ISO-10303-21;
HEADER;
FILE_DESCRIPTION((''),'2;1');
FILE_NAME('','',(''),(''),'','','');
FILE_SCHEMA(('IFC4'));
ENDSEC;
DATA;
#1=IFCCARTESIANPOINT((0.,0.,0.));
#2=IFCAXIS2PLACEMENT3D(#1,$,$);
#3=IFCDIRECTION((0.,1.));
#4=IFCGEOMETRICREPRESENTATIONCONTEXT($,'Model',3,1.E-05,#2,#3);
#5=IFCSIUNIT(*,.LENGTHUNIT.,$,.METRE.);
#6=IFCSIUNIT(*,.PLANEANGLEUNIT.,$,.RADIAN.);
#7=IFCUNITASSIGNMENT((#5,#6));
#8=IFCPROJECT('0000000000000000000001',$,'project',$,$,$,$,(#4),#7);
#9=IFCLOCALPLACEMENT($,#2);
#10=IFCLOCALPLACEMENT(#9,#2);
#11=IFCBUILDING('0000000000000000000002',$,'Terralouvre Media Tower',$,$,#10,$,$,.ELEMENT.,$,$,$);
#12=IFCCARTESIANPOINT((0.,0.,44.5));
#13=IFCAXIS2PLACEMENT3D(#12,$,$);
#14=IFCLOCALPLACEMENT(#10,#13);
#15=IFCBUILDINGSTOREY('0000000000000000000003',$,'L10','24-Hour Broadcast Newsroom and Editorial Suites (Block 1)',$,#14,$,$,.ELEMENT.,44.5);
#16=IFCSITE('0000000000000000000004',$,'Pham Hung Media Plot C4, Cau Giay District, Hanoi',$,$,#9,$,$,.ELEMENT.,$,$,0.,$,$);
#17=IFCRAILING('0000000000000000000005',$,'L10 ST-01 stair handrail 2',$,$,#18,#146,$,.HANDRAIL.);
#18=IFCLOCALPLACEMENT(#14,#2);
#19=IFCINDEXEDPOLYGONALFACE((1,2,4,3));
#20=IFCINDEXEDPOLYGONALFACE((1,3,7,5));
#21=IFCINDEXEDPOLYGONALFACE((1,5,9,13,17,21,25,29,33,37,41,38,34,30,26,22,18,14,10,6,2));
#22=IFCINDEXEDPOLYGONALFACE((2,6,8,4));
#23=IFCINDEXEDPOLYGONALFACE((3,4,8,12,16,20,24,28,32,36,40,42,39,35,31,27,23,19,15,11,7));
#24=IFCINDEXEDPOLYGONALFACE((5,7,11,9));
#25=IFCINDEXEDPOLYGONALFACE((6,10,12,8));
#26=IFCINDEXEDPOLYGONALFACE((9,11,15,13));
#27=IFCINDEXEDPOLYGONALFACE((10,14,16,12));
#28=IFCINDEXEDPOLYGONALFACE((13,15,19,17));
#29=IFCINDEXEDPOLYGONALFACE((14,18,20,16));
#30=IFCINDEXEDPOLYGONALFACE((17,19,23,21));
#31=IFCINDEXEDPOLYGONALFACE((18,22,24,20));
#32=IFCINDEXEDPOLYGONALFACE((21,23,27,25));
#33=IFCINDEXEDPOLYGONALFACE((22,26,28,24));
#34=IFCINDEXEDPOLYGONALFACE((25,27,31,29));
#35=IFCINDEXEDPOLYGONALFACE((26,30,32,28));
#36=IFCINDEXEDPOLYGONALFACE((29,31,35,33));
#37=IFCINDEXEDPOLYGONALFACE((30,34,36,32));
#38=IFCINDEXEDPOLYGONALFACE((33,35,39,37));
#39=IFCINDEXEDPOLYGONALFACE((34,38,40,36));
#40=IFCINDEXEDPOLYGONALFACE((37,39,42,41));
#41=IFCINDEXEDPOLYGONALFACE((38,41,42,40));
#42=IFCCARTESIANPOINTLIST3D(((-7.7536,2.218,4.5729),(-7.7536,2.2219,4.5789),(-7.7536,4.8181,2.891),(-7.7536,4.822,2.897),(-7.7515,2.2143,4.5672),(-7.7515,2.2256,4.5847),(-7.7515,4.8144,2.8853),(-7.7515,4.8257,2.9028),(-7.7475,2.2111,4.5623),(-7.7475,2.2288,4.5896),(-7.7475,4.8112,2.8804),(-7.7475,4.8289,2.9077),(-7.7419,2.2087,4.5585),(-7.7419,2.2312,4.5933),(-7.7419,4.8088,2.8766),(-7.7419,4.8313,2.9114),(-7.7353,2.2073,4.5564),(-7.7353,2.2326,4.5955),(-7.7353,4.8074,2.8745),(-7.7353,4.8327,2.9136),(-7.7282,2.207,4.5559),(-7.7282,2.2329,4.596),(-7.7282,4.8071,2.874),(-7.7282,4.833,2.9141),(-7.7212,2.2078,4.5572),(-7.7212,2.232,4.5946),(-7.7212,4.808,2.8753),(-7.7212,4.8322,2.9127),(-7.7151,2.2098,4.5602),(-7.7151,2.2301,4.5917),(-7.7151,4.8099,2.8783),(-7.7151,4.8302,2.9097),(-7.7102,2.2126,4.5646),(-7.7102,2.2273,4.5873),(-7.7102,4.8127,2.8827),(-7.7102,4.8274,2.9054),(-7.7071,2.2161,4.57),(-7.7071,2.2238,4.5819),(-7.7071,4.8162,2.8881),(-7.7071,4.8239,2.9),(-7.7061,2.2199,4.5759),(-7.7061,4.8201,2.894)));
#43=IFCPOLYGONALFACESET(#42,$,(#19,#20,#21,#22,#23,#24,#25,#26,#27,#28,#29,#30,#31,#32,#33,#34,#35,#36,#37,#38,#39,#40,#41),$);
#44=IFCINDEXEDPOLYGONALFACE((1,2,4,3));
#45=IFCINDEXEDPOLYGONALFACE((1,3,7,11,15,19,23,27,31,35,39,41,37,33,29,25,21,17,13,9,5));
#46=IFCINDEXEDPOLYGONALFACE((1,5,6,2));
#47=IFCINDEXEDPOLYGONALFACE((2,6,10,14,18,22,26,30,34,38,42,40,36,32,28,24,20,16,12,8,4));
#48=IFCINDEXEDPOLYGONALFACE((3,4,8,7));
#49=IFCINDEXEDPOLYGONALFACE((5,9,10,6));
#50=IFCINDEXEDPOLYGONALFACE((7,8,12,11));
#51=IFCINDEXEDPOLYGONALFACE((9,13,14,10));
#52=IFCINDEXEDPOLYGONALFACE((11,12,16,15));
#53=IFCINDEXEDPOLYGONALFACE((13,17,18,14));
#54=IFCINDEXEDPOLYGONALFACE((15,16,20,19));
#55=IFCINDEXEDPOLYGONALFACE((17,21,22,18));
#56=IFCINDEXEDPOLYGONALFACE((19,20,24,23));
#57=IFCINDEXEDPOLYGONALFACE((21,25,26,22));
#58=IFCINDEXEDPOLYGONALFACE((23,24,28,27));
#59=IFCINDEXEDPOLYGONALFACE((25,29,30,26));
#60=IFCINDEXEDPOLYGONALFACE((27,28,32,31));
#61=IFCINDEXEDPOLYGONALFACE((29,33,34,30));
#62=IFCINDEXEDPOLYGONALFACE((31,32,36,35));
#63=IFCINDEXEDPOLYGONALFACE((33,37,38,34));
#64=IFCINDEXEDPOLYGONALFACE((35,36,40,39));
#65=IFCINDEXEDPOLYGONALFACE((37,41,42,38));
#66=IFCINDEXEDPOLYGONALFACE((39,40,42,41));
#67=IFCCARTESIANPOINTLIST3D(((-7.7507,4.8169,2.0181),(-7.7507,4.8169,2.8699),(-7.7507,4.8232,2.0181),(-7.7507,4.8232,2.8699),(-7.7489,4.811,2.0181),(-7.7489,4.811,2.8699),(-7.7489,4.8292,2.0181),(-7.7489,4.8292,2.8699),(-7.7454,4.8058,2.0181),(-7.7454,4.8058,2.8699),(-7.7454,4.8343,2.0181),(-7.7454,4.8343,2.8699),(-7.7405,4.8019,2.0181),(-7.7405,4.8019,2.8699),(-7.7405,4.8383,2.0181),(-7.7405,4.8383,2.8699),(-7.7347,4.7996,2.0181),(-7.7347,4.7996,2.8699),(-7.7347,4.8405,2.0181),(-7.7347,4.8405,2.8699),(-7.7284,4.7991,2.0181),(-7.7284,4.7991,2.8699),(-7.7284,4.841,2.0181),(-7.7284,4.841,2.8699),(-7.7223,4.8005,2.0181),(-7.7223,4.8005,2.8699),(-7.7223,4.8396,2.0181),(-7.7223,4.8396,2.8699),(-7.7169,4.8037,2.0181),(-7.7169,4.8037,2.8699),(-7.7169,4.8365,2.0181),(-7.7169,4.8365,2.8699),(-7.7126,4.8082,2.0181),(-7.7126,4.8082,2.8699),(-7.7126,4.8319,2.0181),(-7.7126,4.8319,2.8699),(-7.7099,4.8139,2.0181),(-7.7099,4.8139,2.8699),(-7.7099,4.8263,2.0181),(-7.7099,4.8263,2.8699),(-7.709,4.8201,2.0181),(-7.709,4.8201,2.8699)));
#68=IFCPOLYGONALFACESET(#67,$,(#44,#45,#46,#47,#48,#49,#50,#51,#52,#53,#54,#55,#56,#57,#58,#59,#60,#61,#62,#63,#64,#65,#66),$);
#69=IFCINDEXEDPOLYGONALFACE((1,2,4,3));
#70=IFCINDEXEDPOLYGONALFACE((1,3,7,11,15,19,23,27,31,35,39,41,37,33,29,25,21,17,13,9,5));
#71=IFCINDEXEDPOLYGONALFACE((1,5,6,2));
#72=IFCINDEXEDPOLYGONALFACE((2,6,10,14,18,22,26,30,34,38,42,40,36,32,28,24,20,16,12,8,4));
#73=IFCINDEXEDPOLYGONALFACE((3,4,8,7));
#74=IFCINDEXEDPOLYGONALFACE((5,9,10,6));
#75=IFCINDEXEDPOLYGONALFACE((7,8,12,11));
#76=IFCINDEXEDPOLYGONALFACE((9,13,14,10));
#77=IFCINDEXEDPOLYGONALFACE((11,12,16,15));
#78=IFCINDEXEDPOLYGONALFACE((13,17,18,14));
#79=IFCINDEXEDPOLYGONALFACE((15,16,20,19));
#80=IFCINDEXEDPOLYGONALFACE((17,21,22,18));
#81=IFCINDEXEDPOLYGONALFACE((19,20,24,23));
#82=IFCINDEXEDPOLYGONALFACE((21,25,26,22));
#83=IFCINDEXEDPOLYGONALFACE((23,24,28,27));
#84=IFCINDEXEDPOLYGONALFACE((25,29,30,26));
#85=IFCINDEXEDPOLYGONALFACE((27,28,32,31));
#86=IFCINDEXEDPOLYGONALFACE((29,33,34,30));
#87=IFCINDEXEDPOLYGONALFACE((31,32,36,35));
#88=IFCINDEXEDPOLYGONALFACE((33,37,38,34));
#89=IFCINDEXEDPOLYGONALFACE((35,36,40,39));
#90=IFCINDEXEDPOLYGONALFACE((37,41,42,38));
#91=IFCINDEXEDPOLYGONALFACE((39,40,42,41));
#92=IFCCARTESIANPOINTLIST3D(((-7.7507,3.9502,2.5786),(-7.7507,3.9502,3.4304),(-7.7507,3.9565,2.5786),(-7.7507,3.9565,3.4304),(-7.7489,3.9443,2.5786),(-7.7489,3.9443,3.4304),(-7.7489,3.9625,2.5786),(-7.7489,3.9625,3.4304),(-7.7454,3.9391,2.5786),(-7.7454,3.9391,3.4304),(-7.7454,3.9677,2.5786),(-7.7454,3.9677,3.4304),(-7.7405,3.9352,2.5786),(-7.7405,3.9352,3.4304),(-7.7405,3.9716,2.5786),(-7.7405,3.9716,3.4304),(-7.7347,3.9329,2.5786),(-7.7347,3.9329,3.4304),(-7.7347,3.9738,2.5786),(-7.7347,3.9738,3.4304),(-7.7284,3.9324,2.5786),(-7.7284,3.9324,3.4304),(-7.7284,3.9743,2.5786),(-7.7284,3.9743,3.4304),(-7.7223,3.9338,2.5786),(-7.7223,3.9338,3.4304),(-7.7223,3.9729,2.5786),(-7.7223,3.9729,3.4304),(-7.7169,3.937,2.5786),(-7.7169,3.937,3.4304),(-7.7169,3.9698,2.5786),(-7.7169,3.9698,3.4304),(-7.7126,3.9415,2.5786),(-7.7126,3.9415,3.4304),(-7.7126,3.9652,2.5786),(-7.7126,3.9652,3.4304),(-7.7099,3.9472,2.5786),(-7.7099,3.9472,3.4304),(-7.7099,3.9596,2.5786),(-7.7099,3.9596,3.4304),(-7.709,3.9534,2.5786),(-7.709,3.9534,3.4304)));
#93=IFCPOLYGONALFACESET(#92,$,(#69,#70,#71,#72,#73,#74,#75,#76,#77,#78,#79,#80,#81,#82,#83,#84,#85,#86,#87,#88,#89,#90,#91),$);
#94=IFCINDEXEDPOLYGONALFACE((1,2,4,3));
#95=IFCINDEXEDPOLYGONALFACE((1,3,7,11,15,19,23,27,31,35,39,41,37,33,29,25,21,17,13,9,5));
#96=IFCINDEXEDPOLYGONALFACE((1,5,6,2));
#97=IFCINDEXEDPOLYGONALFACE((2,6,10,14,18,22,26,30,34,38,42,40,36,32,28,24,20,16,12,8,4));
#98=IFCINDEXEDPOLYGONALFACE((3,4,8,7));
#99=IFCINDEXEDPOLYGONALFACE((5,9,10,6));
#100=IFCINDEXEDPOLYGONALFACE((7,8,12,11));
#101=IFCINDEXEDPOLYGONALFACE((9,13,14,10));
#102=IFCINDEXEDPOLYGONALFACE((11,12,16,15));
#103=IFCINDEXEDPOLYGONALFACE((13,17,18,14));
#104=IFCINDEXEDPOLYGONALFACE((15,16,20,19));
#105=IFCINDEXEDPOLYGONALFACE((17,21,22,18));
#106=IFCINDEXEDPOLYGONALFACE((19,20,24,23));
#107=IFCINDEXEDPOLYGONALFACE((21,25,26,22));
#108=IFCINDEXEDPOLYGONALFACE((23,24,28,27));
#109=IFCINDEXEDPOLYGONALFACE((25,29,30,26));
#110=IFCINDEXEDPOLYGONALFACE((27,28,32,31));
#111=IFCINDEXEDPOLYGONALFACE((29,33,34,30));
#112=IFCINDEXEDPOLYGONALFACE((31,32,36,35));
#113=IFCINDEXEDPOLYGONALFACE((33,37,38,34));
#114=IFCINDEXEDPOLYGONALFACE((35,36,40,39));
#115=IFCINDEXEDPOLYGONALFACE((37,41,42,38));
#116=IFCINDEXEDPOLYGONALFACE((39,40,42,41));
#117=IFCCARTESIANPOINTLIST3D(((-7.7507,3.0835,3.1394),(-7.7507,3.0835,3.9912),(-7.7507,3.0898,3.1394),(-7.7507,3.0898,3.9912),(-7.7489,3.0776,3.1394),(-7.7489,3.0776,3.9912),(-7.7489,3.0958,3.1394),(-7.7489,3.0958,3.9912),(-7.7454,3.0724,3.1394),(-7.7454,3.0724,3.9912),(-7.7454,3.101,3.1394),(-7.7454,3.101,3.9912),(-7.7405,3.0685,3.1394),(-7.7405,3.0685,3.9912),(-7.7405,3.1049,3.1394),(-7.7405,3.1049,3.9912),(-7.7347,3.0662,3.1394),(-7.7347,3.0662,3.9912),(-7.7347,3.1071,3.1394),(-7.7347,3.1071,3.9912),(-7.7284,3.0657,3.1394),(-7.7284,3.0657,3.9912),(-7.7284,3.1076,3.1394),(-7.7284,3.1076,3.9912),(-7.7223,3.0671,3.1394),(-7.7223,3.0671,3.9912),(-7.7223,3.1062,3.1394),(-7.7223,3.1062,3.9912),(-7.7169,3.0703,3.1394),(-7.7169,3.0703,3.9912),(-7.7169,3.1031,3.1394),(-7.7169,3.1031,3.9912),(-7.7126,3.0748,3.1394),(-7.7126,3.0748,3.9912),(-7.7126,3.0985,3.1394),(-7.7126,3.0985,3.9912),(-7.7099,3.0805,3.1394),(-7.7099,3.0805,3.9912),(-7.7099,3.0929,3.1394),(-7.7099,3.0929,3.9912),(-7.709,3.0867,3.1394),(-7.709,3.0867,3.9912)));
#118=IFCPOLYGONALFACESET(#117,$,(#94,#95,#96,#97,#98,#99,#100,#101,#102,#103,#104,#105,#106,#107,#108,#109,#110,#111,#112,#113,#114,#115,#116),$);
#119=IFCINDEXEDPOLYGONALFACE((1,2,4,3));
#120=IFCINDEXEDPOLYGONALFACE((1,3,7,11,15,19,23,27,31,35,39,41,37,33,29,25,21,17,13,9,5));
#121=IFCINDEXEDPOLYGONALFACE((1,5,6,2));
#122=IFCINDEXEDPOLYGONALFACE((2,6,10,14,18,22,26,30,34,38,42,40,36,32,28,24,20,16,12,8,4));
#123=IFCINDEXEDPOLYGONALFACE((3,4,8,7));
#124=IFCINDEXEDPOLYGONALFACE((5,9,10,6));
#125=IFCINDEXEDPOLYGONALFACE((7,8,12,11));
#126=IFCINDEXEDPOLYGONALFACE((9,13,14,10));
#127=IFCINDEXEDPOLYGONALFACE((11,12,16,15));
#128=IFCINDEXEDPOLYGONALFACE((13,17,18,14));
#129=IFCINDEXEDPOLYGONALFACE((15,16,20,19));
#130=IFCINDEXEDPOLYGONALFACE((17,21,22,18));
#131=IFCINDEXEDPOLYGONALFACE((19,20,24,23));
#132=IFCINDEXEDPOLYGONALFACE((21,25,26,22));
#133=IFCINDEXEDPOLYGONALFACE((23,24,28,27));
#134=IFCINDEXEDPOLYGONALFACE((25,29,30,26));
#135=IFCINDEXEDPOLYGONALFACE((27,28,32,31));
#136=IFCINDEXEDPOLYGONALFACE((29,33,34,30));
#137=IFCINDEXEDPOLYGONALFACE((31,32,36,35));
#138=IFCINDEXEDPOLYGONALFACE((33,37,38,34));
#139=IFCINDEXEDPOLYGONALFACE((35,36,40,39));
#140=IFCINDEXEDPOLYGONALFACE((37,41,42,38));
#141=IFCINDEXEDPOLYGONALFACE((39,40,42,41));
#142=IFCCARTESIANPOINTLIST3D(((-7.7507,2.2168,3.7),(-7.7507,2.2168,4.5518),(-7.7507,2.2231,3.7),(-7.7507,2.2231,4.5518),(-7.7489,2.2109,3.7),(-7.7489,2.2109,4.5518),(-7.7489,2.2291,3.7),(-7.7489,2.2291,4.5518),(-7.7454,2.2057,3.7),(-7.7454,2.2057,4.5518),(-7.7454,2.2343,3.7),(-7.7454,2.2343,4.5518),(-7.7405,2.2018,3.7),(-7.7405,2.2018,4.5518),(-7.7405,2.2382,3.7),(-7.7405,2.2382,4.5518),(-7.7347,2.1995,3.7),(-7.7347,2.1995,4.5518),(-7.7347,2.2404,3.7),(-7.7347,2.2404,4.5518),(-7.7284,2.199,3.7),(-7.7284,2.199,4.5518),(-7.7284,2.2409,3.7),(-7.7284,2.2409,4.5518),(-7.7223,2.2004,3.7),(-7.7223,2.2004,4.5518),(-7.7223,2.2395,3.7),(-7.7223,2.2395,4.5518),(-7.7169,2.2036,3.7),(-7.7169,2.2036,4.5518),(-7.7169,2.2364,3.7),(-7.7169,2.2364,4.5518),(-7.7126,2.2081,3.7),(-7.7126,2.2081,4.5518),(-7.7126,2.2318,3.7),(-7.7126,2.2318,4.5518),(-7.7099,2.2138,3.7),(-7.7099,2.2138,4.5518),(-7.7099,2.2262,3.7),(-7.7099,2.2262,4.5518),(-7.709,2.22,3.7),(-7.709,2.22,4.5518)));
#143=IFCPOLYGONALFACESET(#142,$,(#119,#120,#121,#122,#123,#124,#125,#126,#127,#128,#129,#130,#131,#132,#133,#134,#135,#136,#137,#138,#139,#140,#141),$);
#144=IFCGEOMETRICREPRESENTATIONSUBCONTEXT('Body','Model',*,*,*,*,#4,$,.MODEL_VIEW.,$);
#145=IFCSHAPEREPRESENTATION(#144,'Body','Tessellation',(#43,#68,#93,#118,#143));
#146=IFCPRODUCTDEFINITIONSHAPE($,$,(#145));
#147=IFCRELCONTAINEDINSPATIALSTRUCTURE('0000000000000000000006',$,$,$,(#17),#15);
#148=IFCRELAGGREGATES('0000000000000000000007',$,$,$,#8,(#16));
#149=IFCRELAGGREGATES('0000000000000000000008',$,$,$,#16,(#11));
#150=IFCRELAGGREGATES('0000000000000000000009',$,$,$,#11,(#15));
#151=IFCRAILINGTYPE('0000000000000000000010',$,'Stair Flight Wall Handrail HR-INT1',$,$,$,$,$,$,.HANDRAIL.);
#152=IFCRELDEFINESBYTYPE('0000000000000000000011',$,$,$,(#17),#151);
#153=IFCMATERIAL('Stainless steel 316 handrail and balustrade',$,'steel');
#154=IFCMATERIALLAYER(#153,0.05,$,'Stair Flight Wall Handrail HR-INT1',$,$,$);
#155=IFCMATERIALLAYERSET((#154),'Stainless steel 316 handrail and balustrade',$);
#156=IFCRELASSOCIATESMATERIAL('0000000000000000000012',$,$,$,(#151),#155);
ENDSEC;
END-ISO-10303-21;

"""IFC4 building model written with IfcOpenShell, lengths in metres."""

from ifc_helpers import new_model, si_unit, direction, frame, origin, origin_2d, place, context, subcontext, project, spatial, circle, extrude, material, layer, layer_set, type_object, element, save


model = new_model("IFC4")

# Units and contexts
model_context = context("Model", 3, precision=1e-05, world=origin(), true_north=direction((0.0, 1.0)))
body_context = subcontext(model_context, "Body", "Model", "MODEL_VIEW")
ifc_project = project(units=[si_unit("LENGTHUNIT", "METRE"), si_unit("PLANEANGLEUNIT", "RADIAN")], contexts=[model_context])

# Site, building, storey
site_placement = place(None, origin())
site = spatial("IfcSite", under=ifc_project, at=site_placement, Name="Pham Hung Media Plot C4, Cau Giay District, Hanoi", CompositionType="ELEMENT", RefElevation=0.0)
building_placement = place(site_placement, origin())
building = spatial("IfcBuilding", under=site, at=building_placement, Name="Terralouvre Media Tower", CompositionType="ELEMENT")
storey_placement = place(building_placement, frame((0.0, 0.0, 44.5)))
storey = spatial("IfcBuildingStorey", under=building, at=storey_placement, Name="L10", Description="24-Hour Broadcast Newsroom and Editorial Suites (Block 1)", CompositionType="ELEMENT", Elevation=44.5)

# Railing
ifc_material_1 = material(Name="Stainless steel 316 handrail and balustrade", Category="steel")
ifc_layer_1 = layer(ifc_material_1, 0.05, Name="Stair Flight Wall Handrail HR-INT1")
ifc_layer_set_1 = layer_set([ifc_layer_1], Name="Stainless steel 316 handrail and balustrade")
railing_type_1 = type_object("IfcRailingType", Name="Stair Flight Wall Handrail HR-INT1", PredefinedType="HANDRAIL", material=ifc_layer_set_1)
railing_1_placement = place(storey_placement, frame((-7.73, 4.8201, 2.0181)))
element("IfcRailing", 1, at=railing_1_placement, inside=storey, type_object=railing_type_1, Name="L10 ST-01 stair handrail 2", PredefinedType="HANDRAIL", context=body_context, shape_type="SweptSolid", body=[
    extrude(circle(Radius=0.0239, at=origin_2d()), frame((0.0, 0.0, 0.876), z_axis=(0.0, -0.839648, 0.54313), x_axis=(1.0, 0.0, 0.0)), (0.0, 0.0, 1.0), 3.0967),
    extrude(circle(Radius=0.021, at=origin_2d()), origin(), (0.0, 0.0, 1.0), 0.8518),
    extrude(circle(Radius=0.021, at=origin_2d()), frame((0.0, -0.8667, 0.5605)), (0.0, 0.0, 1.0), 0.8518),
    extrude(circle(Radius=0.021, at=origin_2d()), frame((0.0, -1.7334, 1.1213)), (0.0, 0.0, 1.0), 0.8518),
    extrude(circle(Radius=0.021, at=origin_2d()), frame((0.0, -2.6001, 1.6819)), (0.0, 0.0, 1.0), 0.8518),
])

save(model, "model.ifc")
